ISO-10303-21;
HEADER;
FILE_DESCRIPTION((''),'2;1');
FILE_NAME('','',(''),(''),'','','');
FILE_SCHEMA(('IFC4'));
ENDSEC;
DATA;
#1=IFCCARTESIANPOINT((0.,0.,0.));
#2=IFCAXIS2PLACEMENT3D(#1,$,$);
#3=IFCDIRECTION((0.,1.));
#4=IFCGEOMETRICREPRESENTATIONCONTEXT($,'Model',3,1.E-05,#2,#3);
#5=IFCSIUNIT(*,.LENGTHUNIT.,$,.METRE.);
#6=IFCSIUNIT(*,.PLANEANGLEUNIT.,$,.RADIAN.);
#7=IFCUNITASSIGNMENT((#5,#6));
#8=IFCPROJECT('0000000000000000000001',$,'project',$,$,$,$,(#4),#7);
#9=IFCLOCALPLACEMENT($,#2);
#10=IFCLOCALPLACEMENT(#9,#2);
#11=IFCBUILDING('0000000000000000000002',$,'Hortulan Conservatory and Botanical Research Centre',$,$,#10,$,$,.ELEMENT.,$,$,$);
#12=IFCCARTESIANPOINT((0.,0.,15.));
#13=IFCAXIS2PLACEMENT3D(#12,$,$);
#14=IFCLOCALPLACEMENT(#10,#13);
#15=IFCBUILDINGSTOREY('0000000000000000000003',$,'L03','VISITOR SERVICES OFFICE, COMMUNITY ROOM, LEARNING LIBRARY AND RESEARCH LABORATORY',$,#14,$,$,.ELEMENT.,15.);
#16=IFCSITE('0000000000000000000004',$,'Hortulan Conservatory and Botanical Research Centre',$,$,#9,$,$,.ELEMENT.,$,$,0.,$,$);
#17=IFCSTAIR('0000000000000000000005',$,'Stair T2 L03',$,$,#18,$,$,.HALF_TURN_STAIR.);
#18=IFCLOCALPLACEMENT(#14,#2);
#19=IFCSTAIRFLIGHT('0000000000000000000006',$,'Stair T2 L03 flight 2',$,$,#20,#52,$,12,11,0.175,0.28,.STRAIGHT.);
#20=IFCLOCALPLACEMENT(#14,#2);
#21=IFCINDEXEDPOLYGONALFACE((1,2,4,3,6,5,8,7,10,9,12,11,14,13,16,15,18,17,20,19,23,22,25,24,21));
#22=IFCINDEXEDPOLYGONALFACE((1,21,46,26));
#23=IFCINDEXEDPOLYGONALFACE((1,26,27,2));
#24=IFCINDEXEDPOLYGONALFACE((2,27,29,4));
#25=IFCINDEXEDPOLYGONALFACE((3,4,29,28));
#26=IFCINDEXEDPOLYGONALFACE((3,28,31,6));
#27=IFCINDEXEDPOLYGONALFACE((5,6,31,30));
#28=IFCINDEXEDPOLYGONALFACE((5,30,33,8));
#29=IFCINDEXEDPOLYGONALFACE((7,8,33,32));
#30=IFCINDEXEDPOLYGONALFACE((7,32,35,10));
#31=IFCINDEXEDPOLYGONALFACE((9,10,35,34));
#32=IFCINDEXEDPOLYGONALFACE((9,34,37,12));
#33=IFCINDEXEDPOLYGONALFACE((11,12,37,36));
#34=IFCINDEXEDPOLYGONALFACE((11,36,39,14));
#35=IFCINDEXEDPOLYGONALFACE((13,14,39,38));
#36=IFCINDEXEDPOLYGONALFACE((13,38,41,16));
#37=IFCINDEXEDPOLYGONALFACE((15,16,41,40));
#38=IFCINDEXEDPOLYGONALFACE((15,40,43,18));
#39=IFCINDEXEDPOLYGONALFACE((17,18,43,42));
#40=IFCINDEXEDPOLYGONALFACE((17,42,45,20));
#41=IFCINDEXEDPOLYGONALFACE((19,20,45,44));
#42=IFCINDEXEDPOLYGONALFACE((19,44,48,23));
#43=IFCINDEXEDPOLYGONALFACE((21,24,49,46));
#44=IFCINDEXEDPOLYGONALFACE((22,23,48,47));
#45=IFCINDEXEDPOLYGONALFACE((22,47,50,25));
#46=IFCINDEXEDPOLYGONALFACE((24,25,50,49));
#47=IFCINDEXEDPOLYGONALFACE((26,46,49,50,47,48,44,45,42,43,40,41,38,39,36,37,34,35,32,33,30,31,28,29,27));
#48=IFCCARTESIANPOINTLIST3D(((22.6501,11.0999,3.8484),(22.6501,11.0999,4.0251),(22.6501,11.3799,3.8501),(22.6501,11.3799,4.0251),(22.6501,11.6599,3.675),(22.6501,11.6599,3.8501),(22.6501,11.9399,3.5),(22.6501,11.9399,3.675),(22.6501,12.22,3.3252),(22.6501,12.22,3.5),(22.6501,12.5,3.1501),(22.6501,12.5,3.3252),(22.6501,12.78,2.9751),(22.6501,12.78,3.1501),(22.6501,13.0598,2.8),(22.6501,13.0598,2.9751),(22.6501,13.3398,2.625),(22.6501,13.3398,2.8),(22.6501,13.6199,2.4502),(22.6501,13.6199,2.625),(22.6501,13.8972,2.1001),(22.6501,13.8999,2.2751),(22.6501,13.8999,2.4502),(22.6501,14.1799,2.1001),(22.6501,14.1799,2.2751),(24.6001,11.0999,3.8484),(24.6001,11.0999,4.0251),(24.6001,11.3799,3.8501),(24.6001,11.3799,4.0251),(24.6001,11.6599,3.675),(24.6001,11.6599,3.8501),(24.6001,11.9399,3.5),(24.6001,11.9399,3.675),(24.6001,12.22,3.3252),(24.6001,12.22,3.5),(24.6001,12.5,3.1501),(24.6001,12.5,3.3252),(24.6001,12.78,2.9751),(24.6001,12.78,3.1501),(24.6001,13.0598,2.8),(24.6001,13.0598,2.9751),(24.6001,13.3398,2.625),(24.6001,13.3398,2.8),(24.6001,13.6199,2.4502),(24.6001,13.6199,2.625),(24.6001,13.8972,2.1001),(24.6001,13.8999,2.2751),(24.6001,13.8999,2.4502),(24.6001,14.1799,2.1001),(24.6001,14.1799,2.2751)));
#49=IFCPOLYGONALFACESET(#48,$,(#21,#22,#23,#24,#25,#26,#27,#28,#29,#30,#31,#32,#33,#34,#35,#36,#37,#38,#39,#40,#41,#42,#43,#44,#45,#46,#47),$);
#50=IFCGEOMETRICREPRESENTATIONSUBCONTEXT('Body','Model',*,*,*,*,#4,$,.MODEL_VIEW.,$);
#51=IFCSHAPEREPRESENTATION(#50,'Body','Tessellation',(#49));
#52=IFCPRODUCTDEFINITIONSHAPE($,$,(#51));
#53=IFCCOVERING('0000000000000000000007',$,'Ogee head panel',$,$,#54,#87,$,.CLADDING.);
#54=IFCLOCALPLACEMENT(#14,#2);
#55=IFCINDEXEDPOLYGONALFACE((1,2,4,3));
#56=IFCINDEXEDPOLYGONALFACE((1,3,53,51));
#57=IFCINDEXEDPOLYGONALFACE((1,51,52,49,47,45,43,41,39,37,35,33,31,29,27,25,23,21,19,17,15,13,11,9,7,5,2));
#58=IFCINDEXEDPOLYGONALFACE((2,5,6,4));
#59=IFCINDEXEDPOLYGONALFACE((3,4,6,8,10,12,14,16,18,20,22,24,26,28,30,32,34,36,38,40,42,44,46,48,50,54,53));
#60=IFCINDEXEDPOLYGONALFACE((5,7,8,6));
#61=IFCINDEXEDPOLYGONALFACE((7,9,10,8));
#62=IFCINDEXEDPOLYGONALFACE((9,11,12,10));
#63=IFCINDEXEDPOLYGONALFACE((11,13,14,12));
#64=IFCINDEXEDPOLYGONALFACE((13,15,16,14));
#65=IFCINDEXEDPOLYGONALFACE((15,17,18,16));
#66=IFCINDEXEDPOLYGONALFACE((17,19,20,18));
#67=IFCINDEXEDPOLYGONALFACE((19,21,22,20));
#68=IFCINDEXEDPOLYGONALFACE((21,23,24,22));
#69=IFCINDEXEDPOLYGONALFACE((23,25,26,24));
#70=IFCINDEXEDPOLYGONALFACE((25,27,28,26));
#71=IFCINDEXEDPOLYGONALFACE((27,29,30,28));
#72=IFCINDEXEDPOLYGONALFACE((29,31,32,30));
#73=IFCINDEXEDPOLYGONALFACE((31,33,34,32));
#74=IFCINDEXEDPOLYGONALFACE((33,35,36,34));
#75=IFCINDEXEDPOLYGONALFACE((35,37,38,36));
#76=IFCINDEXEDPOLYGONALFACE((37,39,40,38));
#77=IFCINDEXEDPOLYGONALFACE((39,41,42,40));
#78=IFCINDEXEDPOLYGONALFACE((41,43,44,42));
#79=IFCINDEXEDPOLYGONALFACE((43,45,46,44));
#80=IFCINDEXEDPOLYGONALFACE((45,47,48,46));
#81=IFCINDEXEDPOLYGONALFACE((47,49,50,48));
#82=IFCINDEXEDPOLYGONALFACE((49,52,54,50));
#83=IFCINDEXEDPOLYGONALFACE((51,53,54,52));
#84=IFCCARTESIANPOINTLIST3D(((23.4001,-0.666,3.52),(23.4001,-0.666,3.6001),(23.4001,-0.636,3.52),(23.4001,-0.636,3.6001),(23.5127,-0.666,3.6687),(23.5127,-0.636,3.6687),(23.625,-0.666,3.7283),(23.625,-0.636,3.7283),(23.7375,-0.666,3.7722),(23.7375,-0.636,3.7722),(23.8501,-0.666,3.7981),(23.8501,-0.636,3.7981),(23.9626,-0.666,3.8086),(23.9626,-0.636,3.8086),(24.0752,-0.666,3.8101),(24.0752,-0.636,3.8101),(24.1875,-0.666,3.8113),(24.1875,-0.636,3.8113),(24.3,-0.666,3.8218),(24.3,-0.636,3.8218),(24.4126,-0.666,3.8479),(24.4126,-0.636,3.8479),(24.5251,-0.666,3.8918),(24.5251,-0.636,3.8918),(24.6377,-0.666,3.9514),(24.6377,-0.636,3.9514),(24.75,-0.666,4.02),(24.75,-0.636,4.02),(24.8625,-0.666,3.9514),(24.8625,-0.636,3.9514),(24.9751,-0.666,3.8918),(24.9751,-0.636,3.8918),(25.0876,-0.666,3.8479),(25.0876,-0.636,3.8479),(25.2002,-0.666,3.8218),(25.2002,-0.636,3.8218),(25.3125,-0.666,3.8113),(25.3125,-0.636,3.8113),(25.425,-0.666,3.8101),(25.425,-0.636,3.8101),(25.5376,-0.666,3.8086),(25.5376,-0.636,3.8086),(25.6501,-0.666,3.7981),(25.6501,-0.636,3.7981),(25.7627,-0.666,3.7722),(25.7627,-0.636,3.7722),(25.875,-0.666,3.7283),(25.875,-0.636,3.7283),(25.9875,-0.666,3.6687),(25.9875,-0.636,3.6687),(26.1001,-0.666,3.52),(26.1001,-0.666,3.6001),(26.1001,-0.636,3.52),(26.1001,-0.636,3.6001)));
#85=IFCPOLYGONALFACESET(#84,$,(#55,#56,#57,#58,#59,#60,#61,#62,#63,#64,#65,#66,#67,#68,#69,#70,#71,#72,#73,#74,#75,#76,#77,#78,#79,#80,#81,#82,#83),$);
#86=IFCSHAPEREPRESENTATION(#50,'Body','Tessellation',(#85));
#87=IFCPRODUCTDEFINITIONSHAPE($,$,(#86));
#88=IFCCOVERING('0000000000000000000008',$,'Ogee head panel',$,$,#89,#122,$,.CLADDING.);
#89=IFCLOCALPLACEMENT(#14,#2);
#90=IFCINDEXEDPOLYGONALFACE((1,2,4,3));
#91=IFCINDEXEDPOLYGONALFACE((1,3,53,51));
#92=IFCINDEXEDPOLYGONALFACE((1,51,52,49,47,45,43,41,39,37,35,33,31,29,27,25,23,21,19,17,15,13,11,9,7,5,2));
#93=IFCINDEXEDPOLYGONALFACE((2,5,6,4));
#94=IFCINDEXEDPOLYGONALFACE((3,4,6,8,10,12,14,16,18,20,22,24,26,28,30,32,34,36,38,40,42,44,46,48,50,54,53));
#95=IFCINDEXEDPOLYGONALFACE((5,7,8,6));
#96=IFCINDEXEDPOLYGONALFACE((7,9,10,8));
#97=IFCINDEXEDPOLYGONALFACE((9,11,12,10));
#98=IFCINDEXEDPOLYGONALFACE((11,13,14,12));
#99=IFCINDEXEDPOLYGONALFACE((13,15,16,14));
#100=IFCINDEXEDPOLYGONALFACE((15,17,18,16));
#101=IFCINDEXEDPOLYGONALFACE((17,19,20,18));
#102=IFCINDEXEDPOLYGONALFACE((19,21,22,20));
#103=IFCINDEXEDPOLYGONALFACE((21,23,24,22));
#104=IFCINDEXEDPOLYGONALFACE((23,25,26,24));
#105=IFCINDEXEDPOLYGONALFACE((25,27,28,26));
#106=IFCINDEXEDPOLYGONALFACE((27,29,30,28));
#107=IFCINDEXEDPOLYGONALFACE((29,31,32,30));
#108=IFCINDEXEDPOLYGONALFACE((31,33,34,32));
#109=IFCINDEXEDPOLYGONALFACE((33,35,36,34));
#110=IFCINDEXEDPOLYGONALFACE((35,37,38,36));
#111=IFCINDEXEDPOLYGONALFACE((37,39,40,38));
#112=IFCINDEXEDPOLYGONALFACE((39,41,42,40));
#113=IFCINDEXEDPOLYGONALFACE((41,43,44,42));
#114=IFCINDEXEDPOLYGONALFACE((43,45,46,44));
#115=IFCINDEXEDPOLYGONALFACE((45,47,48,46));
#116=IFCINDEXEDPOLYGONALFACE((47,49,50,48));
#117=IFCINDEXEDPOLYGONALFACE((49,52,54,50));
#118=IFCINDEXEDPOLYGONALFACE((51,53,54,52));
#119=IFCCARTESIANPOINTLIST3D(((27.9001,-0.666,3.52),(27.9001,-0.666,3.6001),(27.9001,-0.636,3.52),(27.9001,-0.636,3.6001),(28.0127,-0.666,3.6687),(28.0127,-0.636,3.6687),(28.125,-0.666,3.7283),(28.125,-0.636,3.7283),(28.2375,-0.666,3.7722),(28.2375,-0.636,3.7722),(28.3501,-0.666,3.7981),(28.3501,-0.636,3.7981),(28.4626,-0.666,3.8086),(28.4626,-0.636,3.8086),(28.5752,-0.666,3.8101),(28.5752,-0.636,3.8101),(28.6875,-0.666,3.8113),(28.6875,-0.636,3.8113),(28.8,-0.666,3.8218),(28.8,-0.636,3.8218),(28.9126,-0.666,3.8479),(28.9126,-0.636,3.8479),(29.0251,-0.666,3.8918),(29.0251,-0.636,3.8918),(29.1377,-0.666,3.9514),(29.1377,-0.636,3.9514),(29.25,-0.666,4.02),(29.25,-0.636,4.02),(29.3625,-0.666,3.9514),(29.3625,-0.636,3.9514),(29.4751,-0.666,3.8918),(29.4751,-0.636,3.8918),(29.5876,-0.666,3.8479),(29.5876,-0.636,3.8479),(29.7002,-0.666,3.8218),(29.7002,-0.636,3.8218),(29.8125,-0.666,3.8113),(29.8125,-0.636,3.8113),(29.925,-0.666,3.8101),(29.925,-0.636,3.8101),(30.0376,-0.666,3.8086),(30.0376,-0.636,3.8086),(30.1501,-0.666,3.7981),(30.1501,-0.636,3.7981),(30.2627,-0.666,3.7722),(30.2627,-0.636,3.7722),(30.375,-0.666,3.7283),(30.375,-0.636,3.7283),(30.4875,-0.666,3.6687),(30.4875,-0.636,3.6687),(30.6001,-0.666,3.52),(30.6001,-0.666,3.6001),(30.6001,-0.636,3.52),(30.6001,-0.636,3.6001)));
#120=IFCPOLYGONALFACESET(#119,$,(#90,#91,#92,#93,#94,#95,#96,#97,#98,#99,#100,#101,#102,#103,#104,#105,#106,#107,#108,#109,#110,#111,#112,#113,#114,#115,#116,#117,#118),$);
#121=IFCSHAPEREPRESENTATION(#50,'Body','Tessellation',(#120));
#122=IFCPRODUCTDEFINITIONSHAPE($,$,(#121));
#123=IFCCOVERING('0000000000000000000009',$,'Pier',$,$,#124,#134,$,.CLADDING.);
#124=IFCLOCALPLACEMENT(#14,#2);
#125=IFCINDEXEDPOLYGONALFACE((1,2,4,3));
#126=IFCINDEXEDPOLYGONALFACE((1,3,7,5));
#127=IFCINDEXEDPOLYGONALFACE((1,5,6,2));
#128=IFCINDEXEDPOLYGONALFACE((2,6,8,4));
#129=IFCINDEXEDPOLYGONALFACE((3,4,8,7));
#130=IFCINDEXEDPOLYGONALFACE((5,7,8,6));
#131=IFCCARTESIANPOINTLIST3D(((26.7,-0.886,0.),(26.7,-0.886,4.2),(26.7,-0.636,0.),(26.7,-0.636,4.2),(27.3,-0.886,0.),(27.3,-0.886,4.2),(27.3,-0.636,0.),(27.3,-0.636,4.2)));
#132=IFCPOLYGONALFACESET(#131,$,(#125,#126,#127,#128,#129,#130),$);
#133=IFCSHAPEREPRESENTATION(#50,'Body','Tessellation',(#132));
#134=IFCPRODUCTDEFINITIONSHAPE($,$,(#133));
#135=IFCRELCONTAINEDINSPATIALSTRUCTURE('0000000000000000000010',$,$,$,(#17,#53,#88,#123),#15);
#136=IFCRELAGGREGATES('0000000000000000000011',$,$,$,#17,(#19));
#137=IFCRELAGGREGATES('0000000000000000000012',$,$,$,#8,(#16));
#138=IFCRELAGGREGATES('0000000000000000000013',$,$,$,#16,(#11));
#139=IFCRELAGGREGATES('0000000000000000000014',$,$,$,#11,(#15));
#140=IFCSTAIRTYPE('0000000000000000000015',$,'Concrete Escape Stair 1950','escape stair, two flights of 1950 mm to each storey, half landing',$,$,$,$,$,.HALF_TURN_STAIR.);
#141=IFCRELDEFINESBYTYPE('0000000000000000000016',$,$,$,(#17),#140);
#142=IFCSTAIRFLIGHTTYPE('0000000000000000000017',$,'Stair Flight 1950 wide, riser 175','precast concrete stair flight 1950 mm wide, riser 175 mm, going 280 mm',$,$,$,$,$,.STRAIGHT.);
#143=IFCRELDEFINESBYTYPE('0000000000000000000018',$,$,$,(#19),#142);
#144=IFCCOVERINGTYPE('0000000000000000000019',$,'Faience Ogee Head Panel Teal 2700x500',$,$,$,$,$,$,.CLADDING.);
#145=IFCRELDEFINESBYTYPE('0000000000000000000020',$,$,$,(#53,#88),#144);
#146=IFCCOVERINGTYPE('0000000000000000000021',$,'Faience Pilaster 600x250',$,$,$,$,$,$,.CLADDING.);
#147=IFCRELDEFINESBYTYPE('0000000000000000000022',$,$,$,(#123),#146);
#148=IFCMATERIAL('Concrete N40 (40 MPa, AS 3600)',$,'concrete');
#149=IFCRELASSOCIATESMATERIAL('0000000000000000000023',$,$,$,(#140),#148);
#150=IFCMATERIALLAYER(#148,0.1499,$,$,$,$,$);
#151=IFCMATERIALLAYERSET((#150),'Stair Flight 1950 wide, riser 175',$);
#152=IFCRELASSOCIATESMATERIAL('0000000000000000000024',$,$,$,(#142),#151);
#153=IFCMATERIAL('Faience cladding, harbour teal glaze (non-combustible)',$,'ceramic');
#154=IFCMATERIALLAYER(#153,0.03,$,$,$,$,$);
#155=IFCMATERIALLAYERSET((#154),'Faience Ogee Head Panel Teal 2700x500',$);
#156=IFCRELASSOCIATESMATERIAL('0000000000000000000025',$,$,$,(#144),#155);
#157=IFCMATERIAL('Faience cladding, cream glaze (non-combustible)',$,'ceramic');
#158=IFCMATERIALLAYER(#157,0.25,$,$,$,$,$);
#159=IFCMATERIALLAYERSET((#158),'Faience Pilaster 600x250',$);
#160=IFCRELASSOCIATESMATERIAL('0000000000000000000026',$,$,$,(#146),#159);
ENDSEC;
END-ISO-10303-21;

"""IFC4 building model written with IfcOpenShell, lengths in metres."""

from ifc_helpers import new_model, si_unit, direction, frame, origin, origin_2d, place, context, subcontext, project, spatial, polyline, rectangle, outline, extrude, material, layer, layer_set, type_object, element, aggregate, save


model = new_model("IFC4")

# Units and contexts
model_context = context("Model", 3, precision=1e-05, world=origin(), true_north=direction((0.0, 1.0)))
body_context = subcontext(model_context, "Body", "Model", "MODEL_VIEW")
ifc_project = project(units=[si_unit("LENGTHUNIT", "METRE"), si_unit("PLANEANGLEUNIT", "RADIAN")], contexts=[model_context])

# Site, building, storey
site_placement = place(None, origin())
site = spatial("IfcSite", under=ifc_project, at=site_placement, Name="Hortulan Conservatory and Botanical Research Centre", CompositionType="ELEMENT", RefElevation=0.0)
building_placement = place(site_placement, origin())
building = spatial("IfcBuilding", under=site, at=building_placement, Name="Hortulan Conservatory and Botanical Research Centre", CompositionType="ELEMENT")
storey_placement = place(building_placement, frame((0.0, 0.0, 15.0)))
storey = spatial("IfcBuildingStorey", under=building, at=storey_placement, Name="L03", Description="VISITOR SERVICES OFFICE, COMMUNITY ROOM, LEARNING LIBRARY AND RESEARCH LABORATORY", CompositionType="ELEMENT", Elevation=15.0)

# Stair, stair flight
ifc_material_1 = material(Name="Concrete N40 (40 MPa, AS 3600)", Category="concrete")
stair_type = type_object("IfcStairType", Name="Concrete Escape Stair 1950", Description="escape stair, two flights of 1950 mm to each storey, half landing", PredefinedType="HALF_TURN_STAIR", material=ifc_material_1)
stair_placement = place(storey_placement, origin())
stair = element("IfcStair", 1, at=stair_placement, inside=storey, type_object=stair_type, Name="Stair T2 L03", PredefinedType="HALF_TURN_STAIR")
ifc_layer_1 = layer(ifc_material_1, 0.1499)
ifc_layer_set_1 = layer_set([ifc_layer_1], Name="Stair Flight 1950 wide, riser 175")
stair_flight_type = type_object("IfcStairFlightType", Name="Stair Flight 1950 wide, riser 175", Description="precast concrete stair flight 1950 mm wide, riser 175 mm, going 280 mm", PredefinedType="STRAIGHT", material=ifc_layer_set_1)
stair_flight_1_placement = place(storey_placement, frame((23.625, 14.1799, 2.1001), z_axis=(0.0, 0.0, 1.0), x_axis=(0.0, -1.0, 0.0)))
stair_flight_1 = element("IfcStairFlight", 2, at=stair_flight_1_placement, type_object=stair_flight_type, Name="Stair T2 L03 flight 2", NumberOfRisers=12, NumberOfTreads=11, PredefinedType="STRAIGHT", RiserHeight=0.175, TreadLength=0.28, context=body_context, shape_type="SweptSolid", body=[
    extrude(outline(polyline([(0.0, 0.0), (0.0, 0.175), (0.28, 0.175), (0.28, 0.3501), (0.5601, 0.3501), (0.5601, 0.5249), (0.8401, 0.5249), (0.8401, 0.7), (1.1201, 0.7), (1.1201, 0.875), (1.3999, 0.875), (1.3999, 1.05), (1.6799, 1.05), (1.6799, 1.2251), (1.96, 1.2251), (1.96, 1.3999), (2.24, 1.3999), (2.24, 1.575), (2.52, 1.575), (2.52, 1.75), (2.8, 1.75), (2.8, 1.925), (3.0801, 1.925), (3.0801, 2.1001), (3.0801, 1.7483), (0.2827, 0.0), (0.0, 0.0)])), frame((0.0, 0.9751, 0.0), z_axis=(0.0, -1.0, 0.0), x_axis=(1.0, 0.0, 0.0)), (0.0, 0.0, 1.0), 1.95),
])
aggregate(stair, [stair_flight_1])

# Coverings
ifc_material_2 = material(Name="Faience cladding, harbour teal glaze (non-combustible)", Category="ceramic")
ifc_layer_2 = layer(ifc_material_2, 0.03)
ifc_layer_set_2 = layer_set([ifc_layer_2], Name="Faience Ogee Head Panel Teal 2700x500")
covering_type_1 = type_object("IfcCoveringType", Name="Faience Ogee Head Panel Teal 2700x500", PredefinedType="CLADDING", material=ifc_layer_set_2)
for number, where, z_axis, x_axis, name in (
    (3, (26.1001, -0.6509, 3.52), (0.0, 0.0, 1.0), (-1.0, 0.0, 0.0), "Ogee head panel"),
    (4, (30.6001, -0.6509, 3.52), (0.0, 0.0, 1.0), (-1.0, 0.0, 0.0), "Ogee head panel"),
):
    element("IfcCovering", number, at=place(storey_placement, frame(where, z_axis=z_axis, x_axis=x_axis)), inside=storey, type_object=covering_type_1, Name=name, PredefinedType="CLADDING", context=body_context, shape_type="SweptSolid", body=[
        extrude(outline(polyline([(0.0, 0.0), (2.7, 0.0), (2.7, 0.0801), (2.5874, 0.1487), (2.4751, 0.2083), (2.3625, 0.2522), (2.25, 0.2781), (2.1375, 0.2886), (2.0249, 0.29), (1.9126, 0.2913), (1.8, 0.3018), (1.6875, 0.3279), (1.575, 0.3718), (1.4624, 0.4314), (1.3501, 0.5), (1.2375, 0.4314), (1.125, 0.3718), (1.0125, 0.3279), (0.8999, 0.3018), (0.7876, 0.2913), (0.675, 0.29), (0.5625, 0.2886), (0.45, 0.2781), (0.3374, 0.2522), (0.2251, 0.2083), (0.1125, 0.1487), (0.0, 0.0801), (0.0, 0.0)])), frame((0.0, 0.0151, 0.0), z_axis=(0.0, -1.0, 0.0), x_axis=(1.0, 0.0, 0.0)), (0.0, 0.0, 1.0), 0.03),
    ])
ifc_material_3 = material(Name="Faience cladding, cream glaze (non-combustible)", Category="ceramic")
ifc_layer_3 = layer(ifc_material_3, 0.25)
ifc_layer_set_3 = layer_set([ifc_layer_3], Name="Faience Pilaster 600x250")
covering_type_2 = type_object("IfcCoveringType", Name="Faience Pilaster 600x250", PredefinedType="CLADDING", material=ifc_layer_set_3)
covering_placement = place(storey_placement, frame((27.0, -0.761, 0.0), z_axis=(0.0, 0.0, 1.0), x_axis=(-1.0, 0.0, 0.0)))
element("IfcCovering", 5, at=covering_placement, inside=storey, type_object=covering_type_2, Name="Pier", PredefinedType="CLADDING", context=body_context, shape_type="SweptSolid", body=[
    extrude(rectangle(XDim=0.6001, YDim=0.25, at=origin_2d()), origin(), (0.0, 0.0, 1.0), 4.2),
])

save(model, "model.ifc")
